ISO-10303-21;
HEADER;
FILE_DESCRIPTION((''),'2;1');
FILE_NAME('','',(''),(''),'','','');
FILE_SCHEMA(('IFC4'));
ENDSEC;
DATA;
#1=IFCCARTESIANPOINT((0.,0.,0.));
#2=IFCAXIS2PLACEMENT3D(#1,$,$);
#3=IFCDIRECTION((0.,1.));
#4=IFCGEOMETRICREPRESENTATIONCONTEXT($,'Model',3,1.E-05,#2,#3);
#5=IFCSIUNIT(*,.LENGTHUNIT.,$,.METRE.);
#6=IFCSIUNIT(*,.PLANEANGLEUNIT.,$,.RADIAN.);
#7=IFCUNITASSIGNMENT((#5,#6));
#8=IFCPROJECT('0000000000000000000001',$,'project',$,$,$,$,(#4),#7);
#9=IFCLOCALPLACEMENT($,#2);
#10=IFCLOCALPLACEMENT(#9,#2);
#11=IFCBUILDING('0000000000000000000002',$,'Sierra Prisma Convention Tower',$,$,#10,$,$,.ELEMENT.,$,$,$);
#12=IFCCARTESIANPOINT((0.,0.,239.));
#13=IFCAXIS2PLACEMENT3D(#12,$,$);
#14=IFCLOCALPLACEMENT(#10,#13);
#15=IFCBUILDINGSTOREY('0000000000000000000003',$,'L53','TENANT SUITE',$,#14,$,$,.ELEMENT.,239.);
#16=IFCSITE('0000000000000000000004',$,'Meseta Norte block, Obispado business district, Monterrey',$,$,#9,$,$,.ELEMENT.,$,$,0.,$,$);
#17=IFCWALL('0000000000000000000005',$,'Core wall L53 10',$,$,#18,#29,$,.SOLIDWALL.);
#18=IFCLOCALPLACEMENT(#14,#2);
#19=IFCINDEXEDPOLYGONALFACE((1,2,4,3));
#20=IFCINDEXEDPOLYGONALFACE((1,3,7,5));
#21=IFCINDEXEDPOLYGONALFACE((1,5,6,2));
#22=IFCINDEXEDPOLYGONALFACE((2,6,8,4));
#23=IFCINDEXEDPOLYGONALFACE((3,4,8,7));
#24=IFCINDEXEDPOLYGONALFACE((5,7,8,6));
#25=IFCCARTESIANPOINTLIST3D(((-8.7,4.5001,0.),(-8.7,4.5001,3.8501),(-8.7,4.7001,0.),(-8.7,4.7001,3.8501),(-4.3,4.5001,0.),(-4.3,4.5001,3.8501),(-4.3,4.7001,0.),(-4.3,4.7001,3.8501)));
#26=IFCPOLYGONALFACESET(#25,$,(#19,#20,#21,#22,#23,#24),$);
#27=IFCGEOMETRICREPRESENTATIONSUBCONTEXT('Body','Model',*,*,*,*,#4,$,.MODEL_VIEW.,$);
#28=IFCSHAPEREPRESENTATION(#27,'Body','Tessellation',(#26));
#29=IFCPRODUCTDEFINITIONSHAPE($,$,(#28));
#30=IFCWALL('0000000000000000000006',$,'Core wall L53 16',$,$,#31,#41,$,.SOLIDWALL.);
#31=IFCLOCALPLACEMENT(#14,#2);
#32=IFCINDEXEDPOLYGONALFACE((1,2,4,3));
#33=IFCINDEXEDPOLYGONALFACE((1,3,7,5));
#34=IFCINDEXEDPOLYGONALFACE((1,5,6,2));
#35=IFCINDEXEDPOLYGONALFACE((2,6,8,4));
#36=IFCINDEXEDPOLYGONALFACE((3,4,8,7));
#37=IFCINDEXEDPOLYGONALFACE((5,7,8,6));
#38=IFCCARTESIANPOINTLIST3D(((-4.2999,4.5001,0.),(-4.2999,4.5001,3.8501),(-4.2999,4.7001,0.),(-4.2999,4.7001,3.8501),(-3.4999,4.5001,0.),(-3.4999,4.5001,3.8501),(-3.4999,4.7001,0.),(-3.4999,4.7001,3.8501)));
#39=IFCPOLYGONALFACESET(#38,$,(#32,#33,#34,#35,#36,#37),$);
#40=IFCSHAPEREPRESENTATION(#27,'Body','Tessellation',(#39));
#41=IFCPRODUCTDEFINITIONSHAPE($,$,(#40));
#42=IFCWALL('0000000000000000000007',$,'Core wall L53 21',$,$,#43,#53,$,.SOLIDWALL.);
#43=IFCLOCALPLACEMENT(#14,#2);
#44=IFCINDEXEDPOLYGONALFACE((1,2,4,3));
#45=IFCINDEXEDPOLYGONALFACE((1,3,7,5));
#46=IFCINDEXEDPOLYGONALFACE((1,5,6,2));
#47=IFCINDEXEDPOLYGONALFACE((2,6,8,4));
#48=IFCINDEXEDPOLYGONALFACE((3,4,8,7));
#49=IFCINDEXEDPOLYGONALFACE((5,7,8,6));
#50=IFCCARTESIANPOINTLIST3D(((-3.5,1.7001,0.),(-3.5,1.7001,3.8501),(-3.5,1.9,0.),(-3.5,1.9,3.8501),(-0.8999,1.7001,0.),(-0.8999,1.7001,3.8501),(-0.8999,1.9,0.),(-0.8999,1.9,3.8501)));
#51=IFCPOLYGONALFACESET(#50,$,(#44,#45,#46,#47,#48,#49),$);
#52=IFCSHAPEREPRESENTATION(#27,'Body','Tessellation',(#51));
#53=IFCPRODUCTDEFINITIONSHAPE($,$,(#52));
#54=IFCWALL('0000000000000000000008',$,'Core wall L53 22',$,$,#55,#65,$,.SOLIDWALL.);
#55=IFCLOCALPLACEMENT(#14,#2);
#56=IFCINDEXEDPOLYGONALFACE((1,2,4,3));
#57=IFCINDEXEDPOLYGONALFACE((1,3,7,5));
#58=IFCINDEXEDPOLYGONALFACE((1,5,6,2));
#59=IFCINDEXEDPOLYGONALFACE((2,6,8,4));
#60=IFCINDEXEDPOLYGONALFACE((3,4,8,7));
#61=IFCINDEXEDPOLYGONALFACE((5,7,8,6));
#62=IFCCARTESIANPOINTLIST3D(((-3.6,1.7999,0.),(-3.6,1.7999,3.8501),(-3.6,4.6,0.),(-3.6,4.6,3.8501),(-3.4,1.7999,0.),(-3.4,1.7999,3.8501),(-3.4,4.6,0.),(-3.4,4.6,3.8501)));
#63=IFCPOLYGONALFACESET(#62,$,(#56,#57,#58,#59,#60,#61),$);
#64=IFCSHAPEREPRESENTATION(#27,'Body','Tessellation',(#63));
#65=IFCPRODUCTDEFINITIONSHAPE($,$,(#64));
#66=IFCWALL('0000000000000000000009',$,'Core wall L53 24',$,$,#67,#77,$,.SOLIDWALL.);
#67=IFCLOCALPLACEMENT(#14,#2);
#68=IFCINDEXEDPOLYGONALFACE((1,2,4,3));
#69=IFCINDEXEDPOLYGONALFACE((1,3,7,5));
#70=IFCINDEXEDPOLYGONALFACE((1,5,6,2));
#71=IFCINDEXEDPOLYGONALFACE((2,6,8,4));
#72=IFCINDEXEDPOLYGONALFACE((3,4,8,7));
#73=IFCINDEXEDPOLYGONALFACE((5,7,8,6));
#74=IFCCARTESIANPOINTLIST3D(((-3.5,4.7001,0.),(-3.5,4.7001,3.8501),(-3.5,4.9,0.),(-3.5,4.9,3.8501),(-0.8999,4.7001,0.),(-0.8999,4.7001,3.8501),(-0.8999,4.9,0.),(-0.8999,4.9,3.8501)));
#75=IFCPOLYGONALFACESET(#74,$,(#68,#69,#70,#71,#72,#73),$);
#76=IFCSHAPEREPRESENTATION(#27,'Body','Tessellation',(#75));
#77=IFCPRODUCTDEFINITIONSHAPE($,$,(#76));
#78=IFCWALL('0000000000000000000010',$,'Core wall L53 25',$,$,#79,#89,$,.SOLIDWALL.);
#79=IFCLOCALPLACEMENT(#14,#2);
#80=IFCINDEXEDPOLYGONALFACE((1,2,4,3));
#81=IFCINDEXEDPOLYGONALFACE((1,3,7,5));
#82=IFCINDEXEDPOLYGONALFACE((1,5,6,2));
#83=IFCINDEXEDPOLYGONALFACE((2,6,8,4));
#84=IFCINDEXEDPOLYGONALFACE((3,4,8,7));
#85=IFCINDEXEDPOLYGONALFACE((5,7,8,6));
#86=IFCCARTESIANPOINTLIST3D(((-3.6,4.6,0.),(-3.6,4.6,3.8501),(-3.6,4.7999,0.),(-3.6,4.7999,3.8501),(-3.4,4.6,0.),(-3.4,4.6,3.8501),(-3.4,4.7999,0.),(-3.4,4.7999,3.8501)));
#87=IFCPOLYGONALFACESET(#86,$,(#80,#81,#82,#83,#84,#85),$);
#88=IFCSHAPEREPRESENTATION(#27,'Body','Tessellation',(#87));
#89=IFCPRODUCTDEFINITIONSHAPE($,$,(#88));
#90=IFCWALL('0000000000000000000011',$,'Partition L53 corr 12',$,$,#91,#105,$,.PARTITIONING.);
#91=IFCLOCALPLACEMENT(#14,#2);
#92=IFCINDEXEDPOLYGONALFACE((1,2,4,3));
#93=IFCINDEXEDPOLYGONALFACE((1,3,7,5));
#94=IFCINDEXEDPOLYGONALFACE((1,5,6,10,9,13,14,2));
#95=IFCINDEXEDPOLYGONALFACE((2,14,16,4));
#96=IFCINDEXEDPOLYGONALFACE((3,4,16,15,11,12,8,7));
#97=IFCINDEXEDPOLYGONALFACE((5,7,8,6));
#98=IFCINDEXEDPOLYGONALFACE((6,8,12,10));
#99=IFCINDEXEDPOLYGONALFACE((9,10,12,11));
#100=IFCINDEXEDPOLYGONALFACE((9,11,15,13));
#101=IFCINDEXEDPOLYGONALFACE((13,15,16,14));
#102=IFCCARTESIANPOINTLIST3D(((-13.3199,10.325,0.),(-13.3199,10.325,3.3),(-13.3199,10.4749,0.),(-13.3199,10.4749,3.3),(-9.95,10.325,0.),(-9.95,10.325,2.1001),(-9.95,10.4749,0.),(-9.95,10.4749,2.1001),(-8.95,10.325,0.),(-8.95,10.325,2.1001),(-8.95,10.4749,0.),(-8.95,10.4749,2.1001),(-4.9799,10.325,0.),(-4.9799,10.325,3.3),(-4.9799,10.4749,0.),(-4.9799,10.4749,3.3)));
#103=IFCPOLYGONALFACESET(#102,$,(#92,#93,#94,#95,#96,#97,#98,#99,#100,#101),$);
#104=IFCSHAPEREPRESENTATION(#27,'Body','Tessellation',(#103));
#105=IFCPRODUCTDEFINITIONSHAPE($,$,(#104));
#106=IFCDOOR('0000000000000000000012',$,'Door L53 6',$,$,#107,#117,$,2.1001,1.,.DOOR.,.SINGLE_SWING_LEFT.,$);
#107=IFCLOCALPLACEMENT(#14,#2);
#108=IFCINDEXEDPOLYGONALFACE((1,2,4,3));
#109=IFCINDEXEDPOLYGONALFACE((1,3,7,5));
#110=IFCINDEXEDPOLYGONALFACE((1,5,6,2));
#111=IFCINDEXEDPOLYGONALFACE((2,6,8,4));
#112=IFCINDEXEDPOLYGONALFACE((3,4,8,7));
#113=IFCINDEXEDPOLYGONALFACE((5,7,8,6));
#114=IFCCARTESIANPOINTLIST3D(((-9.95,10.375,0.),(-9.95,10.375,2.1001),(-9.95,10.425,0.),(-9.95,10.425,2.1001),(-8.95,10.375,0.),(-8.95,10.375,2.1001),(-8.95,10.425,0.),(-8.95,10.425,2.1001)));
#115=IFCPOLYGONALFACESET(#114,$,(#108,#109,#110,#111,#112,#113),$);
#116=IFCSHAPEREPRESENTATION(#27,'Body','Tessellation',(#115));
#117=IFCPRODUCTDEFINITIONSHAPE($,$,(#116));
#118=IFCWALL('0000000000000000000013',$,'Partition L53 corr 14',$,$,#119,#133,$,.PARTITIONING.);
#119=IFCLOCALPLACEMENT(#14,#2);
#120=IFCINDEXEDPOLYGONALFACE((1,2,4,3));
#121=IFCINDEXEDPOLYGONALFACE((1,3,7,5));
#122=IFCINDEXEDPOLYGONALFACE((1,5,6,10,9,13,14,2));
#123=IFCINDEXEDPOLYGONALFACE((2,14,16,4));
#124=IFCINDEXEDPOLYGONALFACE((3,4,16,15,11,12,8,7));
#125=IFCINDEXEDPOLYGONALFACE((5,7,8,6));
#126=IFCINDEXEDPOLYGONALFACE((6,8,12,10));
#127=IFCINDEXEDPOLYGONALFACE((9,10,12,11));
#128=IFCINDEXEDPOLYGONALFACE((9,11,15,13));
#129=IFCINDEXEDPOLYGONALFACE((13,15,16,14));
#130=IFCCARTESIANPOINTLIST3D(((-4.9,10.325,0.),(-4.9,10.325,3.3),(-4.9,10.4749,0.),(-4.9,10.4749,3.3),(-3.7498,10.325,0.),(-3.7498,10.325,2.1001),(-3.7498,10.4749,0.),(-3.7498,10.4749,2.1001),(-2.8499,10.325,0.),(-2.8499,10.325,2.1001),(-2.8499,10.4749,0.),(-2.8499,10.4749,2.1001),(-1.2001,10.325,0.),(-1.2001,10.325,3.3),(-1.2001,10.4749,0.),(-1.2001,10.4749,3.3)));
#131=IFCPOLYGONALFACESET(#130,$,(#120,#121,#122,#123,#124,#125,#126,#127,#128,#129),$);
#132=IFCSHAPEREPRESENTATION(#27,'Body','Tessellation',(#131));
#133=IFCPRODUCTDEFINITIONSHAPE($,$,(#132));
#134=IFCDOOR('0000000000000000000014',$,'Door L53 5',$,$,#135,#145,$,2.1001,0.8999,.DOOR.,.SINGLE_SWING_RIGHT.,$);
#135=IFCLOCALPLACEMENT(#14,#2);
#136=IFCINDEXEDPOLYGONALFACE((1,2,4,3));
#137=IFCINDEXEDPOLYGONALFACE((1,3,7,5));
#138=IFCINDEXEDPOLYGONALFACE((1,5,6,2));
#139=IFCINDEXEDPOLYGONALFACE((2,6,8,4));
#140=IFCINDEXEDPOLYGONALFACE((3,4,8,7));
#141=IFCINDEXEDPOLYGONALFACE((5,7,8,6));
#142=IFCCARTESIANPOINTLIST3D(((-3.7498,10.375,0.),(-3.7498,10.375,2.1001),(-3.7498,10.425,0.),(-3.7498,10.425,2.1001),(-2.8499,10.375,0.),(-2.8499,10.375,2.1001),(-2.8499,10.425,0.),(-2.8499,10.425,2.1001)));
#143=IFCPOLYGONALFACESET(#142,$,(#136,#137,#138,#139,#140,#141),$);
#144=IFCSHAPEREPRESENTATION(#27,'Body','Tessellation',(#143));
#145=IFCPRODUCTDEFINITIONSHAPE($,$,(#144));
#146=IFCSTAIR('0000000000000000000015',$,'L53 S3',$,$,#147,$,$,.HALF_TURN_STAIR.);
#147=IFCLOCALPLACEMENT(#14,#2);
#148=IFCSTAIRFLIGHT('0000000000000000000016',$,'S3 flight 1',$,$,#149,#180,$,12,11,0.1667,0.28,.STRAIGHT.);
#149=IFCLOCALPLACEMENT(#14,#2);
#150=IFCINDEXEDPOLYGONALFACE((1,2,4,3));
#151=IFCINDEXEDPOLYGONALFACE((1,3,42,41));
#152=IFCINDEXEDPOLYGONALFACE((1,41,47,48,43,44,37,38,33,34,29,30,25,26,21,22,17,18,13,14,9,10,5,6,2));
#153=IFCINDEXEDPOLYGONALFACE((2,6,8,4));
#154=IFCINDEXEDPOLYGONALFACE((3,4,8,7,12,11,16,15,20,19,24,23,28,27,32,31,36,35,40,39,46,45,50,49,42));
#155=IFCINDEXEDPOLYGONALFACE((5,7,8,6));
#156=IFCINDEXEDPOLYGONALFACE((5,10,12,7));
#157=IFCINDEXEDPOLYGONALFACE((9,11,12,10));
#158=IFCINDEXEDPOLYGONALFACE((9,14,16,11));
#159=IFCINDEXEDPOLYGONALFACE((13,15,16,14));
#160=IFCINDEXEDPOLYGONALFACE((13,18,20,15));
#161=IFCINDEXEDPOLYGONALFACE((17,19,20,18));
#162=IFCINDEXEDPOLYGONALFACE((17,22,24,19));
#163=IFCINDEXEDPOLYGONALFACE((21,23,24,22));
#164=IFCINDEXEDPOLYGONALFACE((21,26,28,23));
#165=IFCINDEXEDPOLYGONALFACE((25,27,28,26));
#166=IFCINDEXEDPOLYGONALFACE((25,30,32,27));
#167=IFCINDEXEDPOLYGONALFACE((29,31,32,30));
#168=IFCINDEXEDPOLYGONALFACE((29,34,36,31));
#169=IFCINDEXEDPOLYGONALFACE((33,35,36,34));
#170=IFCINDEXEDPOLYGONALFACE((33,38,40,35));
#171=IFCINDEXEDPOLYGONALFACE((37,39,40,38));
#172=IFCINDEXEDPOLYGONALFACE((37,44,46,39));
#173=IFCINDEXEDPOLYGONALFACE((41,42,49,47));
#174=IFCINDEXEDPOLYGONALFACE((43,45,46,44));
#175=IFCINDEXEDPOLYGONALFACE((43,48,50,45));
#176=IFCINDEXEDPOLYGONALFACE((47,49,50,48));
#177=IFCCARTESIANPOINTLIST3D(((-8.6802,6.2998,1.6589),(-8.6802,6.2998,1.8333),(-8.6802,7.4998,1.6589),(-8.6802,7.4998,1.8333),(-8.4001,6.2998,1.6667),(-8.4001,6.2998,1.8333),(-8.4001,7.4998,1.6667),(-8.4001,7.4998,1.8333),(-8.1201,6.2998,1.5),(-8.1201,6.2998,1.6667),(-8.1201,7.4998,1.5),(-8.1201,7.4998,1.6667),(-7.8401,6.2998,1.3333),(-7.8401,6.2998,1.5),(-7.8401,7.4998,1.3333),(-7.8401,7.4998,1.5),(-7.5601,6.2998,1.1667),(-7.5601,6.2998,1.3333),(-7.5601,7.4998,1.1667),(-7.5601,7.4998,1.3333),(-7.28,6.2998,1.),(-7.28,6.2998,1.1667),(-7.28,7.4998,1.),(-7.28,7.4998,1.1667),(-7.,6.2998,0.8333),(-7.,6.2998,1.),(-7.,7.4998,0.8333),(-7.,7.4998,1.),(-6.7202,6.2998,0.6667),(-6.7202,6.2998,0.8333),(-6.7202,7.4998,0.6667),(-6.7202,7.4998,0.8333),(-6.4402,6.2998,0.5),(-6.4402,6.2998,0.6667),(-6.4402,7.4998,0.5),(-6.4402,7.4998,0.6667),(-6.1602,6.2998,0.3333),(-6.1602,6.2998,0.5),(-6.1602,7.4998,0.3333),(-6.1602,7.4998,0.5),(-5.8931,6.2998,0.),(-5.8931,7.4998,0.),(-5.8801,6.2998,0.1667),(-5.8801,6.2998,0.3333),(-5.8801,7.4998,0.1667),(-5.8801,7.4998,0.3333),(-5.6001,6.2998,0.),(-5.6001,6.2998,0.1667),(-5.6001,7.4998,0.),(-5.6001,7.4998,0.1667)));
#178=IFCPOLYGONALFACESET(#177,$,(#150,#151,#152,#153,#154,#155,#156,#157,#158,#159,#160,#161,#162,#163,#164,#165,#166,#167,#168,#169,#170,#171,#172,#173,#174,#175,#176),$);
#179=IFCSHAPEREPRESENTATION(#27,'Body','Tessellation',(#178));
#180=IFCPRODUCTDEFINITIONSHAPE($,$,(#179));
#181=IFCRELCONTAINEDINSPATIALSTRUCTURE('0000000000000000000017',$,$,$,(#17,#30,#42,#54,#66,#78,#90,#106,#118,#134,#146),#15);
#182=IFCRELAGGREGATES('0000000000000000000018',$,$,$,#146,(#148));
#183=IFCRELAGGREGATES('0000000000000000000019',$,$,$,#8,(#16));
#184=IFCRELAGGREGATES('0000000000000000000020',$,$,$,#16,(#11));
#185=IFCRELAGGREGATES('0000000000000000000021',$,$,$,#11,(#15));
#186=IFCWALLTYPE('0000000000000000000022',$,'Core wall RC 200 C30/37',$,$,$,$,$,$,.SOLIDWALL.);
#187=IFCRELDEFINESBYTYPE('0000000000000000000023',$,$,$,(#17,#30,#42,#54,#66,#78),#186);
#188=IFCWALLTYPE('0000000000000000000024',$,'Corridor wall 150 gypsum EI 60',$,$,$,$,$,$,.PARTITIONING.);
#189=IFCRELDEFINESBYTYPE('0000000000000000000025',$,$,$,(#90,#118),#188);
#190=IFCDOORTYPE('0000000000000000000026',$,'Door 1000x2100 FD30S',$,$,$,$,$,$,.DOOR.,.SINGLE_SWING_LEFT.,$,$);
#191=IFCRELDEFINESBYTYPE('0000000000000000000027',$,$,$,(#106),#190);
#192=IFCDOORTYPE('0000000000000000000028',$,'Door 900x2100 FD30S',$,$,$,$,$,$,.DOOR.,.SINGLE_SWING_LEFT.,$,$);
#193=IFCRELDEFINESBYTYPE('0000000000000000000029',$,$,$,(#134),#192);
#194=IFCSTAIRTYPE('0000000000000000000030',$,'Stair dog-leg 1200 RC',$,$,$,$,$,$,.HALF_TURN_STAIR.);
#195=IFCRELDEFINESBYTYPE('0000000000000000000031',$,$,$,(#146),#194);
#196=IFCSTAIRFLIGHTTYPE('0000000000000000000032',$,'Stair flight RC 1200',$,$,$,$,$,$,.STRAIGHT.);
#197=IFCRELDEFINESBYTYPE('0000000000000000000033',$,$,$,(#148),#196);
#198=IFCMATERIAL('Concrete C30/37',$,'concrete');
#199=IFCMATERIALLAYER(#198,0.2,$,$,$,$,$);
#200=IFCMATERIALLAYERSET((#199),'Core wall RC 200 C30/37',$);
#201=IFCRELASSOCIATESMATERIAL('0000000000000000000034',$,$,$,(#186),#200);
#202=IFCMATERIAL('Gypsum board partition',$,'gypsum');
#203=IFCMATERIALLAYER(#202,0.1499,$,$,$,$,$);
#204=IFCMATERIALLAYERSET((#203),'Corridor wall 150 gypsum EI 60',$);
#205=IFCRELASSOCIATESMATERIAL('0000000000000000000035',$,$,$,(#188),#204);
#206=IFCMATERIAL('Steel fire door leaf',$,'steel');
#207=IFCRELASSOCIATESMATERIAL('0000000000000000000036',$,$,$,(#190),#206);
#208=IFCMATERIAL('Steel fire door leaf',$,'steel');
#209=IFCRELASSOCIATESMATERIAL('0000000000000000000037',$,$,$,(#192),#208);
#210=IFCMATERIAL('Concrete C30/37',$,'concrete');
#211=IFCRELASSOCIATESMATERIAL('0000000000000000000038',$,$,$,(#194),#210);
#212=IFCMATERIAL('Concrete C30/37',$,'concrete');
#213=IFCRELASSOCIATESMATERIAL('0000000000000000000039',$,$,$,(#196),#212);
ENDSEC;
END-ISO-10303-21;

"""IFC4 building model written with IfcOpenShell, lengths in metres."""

from ifc_helpers import new_model, si_unit, direction, frame, frame_2d, origin, place, context, subcontext, project, spatial, polyline, rectangle, outline, extrude, material, layer, layer_set, type_object, element, fill, aggregate, save


model = new_model("IFC4")

# Units and contexts
model_context = context("Model", 3, precision=1e-05, world=origin(), true_north=direction((0.0, 1.0)))
body_context = subcontext(model_context, "Body", "Model", "MODEL_VIEW")
ifc_project = project(units=[si_unit("LENGTHUNIT", "METRE"), si_unit("PLANEANGLEUNIT", "RADIAN")], contexts=[model_context])

# Site, building, storey
site_placement = place(None, origin())
site = spatial("IfcSite", under=ifc_project, at=site_placement, Name="Meseta Norte block, Obispado business district, Monterrey", CompositionType="ELEMENT", RefElevation=0.0)
building_placement = place(site_placement, origin())
building = spatial("IfcBuilding", under=site, at=building_placement, Name="Sierra Prisma Convention Tower", CompositionType="ELEMENT")
storey_placement = place(building_placement, frame((0.0, 0.0, 239.0)))
storey = spatial("IfcBuildingStorey", under=building, at=storey_placement, Name="L53", Description="TENANT SUITE", CompositionType="ELEMENT", Elevation=239.0)

# Wall
ifc_material_1 = material(Name="Concrete C30/37", Category="concrete")
ifc_layer_1 = layer(ifc_material_1, 0.2)
ifc_layer_set_1 = layer_set([ifc_layer_1], Name="Core wall RC 200 C30/37")
wall_type_1 = type_object("IfcWallType", Name="Core wall RC 200 C30/37", PredefinedType="SOLIDWALL", material=ifc_layer_set_1)
wall_1_placement = place(storey_placement, frame((-4.3, 4.6001, 0.0), z_axis=(0.0, 0.0, 1.0), x_axis=(-1.0, 0.0, 0.0)))
element("IfcWall", 1, at=wall_1_placement, inside=storey, type_object=wall_type_1, Name="Core wall L53 10", PredefinedType="SOLIDWALL", context=body_context, shape_type="SweptSolid", body=[
    extrude(rectangle(XDim=4.3999, YDim=0.2, at=frame_2d((2.2, 0.0))), origin(), (0.0, 0.0, 1.0), 3.8501),
])

# Wall
wall_2_placement = place(storey_placement, frame((-3.5, 4.6001, 0.0), z_axis=(0.0, 0.0, 1.0), x_axis=(-1.0, 0.0, 0.0)))
element("IfcWall", 2, at=wall_2_placement, inside=storey, type_object=wall_type_1, Name="Core wall L53 16", PredefinedType="SOLIDWALL", context=body_context, shape_type="SweptSolid", body=[
    extrude(rectangle(XDim=0.8, YDim=0.2, at=frame_2d((0.3999, 0.0))), origin(), (0.0, 0.0, 1.0), 3.8501),
])

# Walls
wall_3_placement = place(storey_placement, frame((-0.8999, 1.8, 0.0), z_axis=(0.0, 0.0, 1.0), x_axis=(-1.0, 0.0, 0.0)))
element("IfcWall", 3, at=wall_3_placement, inside=storey, type_object=wall_type_1, Name="Core wall L53 21", PredefinedType="SOLIDWALL", context=body_context, shape_type="SweptSolid", body=[
    extrude(rectangle(XDim=2.6001, YDim=0.2, at=frame_2d((1.3, 0.0))), origin(), (0.0, 0.0, 1.0), 3.8501),
])
wall_4_placement = place(storey_placement, frame((-3.5, 1.8, 0.0), z_axis=(0.0, 0.0, 1.0), x_axis=(0.0, 1.0, 0.0)))
element("IfcWall", 4, at=wall_4_placement, inside=storey, type_object=wall_type_1, Name="Core wall L53 22", PredefinedType="SOLIDWALL", context=body_context, shape_type="SweptSolid", body=[
    extrude(rectangle(XDim=2.8, YDim=0.2, at=frame_2d((1.3999, 0.0))), origin(), (0.0, 0.0, 1.0), 3.8501),
])

# Walls
wall_5_placement = place(storey_placement, frame((-0.8999, 4.8, 0.0), z_axis=(0.0, 0.0, 1.0), x_axis=(-1.0, 0.0, 0.0)))
element("IfcWall", 5, at=wall_5_placement, inside=storey, type_object=wall_type_1, Name="Core wall L53 24", PredefinedType="SOLIDWALL", context=body_context, shape_type="SweptSolid", body=[
    extrude(rectangle(XDim=2.6001, YDim=0.2, at=frame_2d((1.3, 0.0))), origin(), (0.0, 0.0, 1.0), 3.8501),
])
wall_6_placement = place(storey_placement, frame((-3.5, 4.8, 0.0), z_axis=(0.0, 0.0, 1.0), x_axis=(0.0, -1.0, 0.0)))
element("IfcWall", 6, at=wall_6_placement, inside=storey, type_object=wall_type_1, Name="Core wall L53 25", PredefinedType="SOLIDWALL", context=body_context, shape_type="SweptSolid", body=[
    extrude(rectangle(XDim=0.2, YDim=0.2, at=frame_2d((0.1001, 0.0))), origin(), (0.0, 0.0, 1.0), 3.8501),
])

# Walls, openings, doors
ifc_material_2 = material(Name="Gypsum board partition", Category="gypsum")
ifc_layer_2 = layer(ifc_material_2, 0.1499)
ifc_layer_set_2 = layer_set([ifc_layer_2], Name="Corridor wall 150 gypsum EI 60")
wall_type_2 = type_object("IfcWallType", Name="Corridor wall 150 gypsum EI 60", PredefinedType="PARTITIONING", material=ifc_layer_set_2)
wall_7_placement = place(storey_placement, frame((-4.98, 10.3999, 0.0), z_axis=(0.0, 0.0, 1.0), x_axis=(-1.0, 0.0, 0.0)))
wall_7 = element("IfcWall", 7, at=wall_7_placement, inside=storey, type_object=wall_type_2, Name="Partition L53 corr 12", PredefinedType="PARTITIONING", context=body_context, shape_type="SweptSolid", body=[
    extrude(rectangle(XDim=8.3401, YDim=0.1499, at=frame_2d((4.1699, 0.0))), origin(), (0.0, 0.0, 1.0), 3.3),
])
opening_1_placement = place(wall_7_placement, frame((3.97, 0.0, 0.0)))
opening_1 = element("IfcOpeningElement", 8, at=opening_1_placement, cuts=wall_7, PredefinedType="OPENING", context=body_context, shape_type="SweptSolid", body=[
    extrude(rectangle(XDim=1.0, YDim=2.1001, at=frame_2d((0.5, 1.05))), frame((0.0, 0.075, 0.0), z_axis=(0.0, -1.0, 0.0), x_axis=(1.0, 0.0, 0.0)), (0.0, 0.0, 1.0), 0.1499),
])
ifc_material_3 = material(Name="Steel fire door leaf", Category="steel")
door_type_1 = type_object("IfcDoorType", Name="Door 1000x2100 FD30S", OperationType="SINGLE_SWING_LEFT", PredefinedType="DOOR", material=ifc_material_3)
door_1_placement = place(opening_1_placement, origin())
door_1 = element("IfcDoor", 9, at=door_1_placement, inside=storey, type_object=door_type_1, Name="Door L53 6", OperationType="SINGLE_SWING_LEFT", OverallHeight=2.1001, OverallWidth=1.0, PredefinedType="DOOR", context=body_context, shape_type="SweptSolid", body=[
    extrude(rectangle(XDim=1.0, YDim=2.1001, at=frame_2d((0.5, 1.05))), frame((0.0, 0.0249, 0.0), z_axis=(0.0, -1.0, 0.0), x_axis=(1.0, 0.0, 0.0)), (0.0, 0.0, 1.0), 0.05),
])
fill(opening_1, door_1)
wall_8_placement = place(storey_placement, frame((-1.2, 10.3999, 0.0), z_axis=(0.0, 0.0, 1.0), x_axis=(-1.0, 0.0, 0.0)))
wall_8 = element("IfcWall", 10, at=wall_8_placement, inside=storey, type_object=wall_type_2, Name="Partition L53 corr 14", PredefinedType="PARTITIONING", context=body_context, shape_type="SweptSolid", body=[
    extrude(rectangle(XDim=3.7, YDim=0.1499, at=frame_2d((1.8501, 0.0))), origin(), (0.0, 0.0, 1.0), 3.3),
])
opening_2_placement = place(wall_8_placement, frame((1.6499, 0.0, 0.0)))
opening_2 = element("IfcOpeningElement", 11, at=opening_2_placement, cuts=wall_8, PredefinedType="OPENING", context=body_context, shape_type="SweptSolid", body=[
    extrude(rectangle(XDim=0.8999, YDim=2.1001, at=frame_2d((0.45, 1.05))), frame((0.0, 0.075, 0.0), z_axis=(0.0, -1.0, 0.0), x_axis=(1.0, 0.0, 0.0)), (0.0, 0.0, 1.0), 0.1499),
])
ifc_material_4 = material(Name="Steel fire door leaf", Category="steel")
door_type_2 = type_object("IfcDoorType", Name="Door 900x2100 FD30S", OperationType="SINGLE_SWING_LEFT", PredefinedType="DOOR", material=ifc_material_4)
door_2_placement = place(opening_2_placement, origin())
door_2 = element("IfcDoor", 12, at=door_2_placement, inside=storey, type_object=door_type_2, Name="Door L53 5", OperationType="SINGLE_SWING_RIGHT", OverallHeight=2.1001, OverallWidth=0.8999, PredefinedType="DOOR", context=body_context, shape_type="SweptSolid", body=[
    extrude(rectangle(XDim=0.8999, YDim=2.1001, at=frame_2d((0.45, 1.05))), frame((0.0, 0.0249, 0.0), z_axis=(0.0, -1.0, 0.0), x_axis=(1.0, 0.0, 0.0)), (0.0, 0.0, 1.0), 0.05),
])
fill(opening_2, door_2)

# Stair, stair flight
ifc_material_5 = material(Name="Concrete C30/37", Category="concrete")
stair_type = type_object("IfcStairType", Name="Stair dog-leg 1200 RC", PredefinedType="HALF_TURN_STAIR", material=ifc_material_5)
stair_placement = place(storey_placement, origin())
stair = element("IfcStair", 13, at=stair_placement, inside=storey, type_object=stair_type, Name="L53 S3", PredefinedType="HALF_TURN_STAIR")
ifc_material_6 = material(Name="Concrete C30/37", Category="concrete")
stair_flight_type = type_object("IfcStairFlightType", Name="Stair flight RC 1200", PredefinedType="STRAIGHT", material=ifc_material_6)
stair_flight_placement = place(storey_placement, frame((-5.6001, 6.8999, 0.0), z_axis=(0.0, 0.0, 1.0), x_axis=(-1.0, 0.0, 0.0)))
stair_flight = element("IfcStairFlight", 14, at=stair_flight_placement, type_object=stair_flight_type, Name="S3 flight 1", NumberOfRisers=12, NumberOfTreads=11, PredefinedType="STRAIGHT", RiserHeight=0.1667, TreadLength=0.28, context=body_context, shape_type="SweptSolid", body=[
    extrude(outline(polyline([(0.0, 0.0), (0.0, 0.1667), (0.28, 0.1667), (0.28, 0.3333), (0.5601, 0.3333), (0.5601, 0.5), (0.8401, 0.5), (0.8401, 0.6667), (1.1201, 0.6667), (1.1201, 0.8333), (1.3999, 0.8333), (1.3999, 1.0), (1.6799, 1.0), (1.6799, 1.1667), (1.96, 1.1667), (1.96, 1.3333), (2.24, 1.3333), (2.24, 1.5), (2.52, 1.5), (2.52, 1.6667), (2.8, 1.6667), (2.8, 1.8333), (3.0801, 1.8333), (3.0801, 2.0), (3.0801, 1.6589), (0.293, 0.0), (0.0, 0.0)])), frame((0.0, 0.6001, 0.0), z_axis=(0.0, -1.0, 0.0), x_axis=(1.0, 0.0, 0.0)), (0.0, 0.0, 1.0), 1.2),
])
aggregate(stair, [stair_flight])

save(model, "model.ifc")
